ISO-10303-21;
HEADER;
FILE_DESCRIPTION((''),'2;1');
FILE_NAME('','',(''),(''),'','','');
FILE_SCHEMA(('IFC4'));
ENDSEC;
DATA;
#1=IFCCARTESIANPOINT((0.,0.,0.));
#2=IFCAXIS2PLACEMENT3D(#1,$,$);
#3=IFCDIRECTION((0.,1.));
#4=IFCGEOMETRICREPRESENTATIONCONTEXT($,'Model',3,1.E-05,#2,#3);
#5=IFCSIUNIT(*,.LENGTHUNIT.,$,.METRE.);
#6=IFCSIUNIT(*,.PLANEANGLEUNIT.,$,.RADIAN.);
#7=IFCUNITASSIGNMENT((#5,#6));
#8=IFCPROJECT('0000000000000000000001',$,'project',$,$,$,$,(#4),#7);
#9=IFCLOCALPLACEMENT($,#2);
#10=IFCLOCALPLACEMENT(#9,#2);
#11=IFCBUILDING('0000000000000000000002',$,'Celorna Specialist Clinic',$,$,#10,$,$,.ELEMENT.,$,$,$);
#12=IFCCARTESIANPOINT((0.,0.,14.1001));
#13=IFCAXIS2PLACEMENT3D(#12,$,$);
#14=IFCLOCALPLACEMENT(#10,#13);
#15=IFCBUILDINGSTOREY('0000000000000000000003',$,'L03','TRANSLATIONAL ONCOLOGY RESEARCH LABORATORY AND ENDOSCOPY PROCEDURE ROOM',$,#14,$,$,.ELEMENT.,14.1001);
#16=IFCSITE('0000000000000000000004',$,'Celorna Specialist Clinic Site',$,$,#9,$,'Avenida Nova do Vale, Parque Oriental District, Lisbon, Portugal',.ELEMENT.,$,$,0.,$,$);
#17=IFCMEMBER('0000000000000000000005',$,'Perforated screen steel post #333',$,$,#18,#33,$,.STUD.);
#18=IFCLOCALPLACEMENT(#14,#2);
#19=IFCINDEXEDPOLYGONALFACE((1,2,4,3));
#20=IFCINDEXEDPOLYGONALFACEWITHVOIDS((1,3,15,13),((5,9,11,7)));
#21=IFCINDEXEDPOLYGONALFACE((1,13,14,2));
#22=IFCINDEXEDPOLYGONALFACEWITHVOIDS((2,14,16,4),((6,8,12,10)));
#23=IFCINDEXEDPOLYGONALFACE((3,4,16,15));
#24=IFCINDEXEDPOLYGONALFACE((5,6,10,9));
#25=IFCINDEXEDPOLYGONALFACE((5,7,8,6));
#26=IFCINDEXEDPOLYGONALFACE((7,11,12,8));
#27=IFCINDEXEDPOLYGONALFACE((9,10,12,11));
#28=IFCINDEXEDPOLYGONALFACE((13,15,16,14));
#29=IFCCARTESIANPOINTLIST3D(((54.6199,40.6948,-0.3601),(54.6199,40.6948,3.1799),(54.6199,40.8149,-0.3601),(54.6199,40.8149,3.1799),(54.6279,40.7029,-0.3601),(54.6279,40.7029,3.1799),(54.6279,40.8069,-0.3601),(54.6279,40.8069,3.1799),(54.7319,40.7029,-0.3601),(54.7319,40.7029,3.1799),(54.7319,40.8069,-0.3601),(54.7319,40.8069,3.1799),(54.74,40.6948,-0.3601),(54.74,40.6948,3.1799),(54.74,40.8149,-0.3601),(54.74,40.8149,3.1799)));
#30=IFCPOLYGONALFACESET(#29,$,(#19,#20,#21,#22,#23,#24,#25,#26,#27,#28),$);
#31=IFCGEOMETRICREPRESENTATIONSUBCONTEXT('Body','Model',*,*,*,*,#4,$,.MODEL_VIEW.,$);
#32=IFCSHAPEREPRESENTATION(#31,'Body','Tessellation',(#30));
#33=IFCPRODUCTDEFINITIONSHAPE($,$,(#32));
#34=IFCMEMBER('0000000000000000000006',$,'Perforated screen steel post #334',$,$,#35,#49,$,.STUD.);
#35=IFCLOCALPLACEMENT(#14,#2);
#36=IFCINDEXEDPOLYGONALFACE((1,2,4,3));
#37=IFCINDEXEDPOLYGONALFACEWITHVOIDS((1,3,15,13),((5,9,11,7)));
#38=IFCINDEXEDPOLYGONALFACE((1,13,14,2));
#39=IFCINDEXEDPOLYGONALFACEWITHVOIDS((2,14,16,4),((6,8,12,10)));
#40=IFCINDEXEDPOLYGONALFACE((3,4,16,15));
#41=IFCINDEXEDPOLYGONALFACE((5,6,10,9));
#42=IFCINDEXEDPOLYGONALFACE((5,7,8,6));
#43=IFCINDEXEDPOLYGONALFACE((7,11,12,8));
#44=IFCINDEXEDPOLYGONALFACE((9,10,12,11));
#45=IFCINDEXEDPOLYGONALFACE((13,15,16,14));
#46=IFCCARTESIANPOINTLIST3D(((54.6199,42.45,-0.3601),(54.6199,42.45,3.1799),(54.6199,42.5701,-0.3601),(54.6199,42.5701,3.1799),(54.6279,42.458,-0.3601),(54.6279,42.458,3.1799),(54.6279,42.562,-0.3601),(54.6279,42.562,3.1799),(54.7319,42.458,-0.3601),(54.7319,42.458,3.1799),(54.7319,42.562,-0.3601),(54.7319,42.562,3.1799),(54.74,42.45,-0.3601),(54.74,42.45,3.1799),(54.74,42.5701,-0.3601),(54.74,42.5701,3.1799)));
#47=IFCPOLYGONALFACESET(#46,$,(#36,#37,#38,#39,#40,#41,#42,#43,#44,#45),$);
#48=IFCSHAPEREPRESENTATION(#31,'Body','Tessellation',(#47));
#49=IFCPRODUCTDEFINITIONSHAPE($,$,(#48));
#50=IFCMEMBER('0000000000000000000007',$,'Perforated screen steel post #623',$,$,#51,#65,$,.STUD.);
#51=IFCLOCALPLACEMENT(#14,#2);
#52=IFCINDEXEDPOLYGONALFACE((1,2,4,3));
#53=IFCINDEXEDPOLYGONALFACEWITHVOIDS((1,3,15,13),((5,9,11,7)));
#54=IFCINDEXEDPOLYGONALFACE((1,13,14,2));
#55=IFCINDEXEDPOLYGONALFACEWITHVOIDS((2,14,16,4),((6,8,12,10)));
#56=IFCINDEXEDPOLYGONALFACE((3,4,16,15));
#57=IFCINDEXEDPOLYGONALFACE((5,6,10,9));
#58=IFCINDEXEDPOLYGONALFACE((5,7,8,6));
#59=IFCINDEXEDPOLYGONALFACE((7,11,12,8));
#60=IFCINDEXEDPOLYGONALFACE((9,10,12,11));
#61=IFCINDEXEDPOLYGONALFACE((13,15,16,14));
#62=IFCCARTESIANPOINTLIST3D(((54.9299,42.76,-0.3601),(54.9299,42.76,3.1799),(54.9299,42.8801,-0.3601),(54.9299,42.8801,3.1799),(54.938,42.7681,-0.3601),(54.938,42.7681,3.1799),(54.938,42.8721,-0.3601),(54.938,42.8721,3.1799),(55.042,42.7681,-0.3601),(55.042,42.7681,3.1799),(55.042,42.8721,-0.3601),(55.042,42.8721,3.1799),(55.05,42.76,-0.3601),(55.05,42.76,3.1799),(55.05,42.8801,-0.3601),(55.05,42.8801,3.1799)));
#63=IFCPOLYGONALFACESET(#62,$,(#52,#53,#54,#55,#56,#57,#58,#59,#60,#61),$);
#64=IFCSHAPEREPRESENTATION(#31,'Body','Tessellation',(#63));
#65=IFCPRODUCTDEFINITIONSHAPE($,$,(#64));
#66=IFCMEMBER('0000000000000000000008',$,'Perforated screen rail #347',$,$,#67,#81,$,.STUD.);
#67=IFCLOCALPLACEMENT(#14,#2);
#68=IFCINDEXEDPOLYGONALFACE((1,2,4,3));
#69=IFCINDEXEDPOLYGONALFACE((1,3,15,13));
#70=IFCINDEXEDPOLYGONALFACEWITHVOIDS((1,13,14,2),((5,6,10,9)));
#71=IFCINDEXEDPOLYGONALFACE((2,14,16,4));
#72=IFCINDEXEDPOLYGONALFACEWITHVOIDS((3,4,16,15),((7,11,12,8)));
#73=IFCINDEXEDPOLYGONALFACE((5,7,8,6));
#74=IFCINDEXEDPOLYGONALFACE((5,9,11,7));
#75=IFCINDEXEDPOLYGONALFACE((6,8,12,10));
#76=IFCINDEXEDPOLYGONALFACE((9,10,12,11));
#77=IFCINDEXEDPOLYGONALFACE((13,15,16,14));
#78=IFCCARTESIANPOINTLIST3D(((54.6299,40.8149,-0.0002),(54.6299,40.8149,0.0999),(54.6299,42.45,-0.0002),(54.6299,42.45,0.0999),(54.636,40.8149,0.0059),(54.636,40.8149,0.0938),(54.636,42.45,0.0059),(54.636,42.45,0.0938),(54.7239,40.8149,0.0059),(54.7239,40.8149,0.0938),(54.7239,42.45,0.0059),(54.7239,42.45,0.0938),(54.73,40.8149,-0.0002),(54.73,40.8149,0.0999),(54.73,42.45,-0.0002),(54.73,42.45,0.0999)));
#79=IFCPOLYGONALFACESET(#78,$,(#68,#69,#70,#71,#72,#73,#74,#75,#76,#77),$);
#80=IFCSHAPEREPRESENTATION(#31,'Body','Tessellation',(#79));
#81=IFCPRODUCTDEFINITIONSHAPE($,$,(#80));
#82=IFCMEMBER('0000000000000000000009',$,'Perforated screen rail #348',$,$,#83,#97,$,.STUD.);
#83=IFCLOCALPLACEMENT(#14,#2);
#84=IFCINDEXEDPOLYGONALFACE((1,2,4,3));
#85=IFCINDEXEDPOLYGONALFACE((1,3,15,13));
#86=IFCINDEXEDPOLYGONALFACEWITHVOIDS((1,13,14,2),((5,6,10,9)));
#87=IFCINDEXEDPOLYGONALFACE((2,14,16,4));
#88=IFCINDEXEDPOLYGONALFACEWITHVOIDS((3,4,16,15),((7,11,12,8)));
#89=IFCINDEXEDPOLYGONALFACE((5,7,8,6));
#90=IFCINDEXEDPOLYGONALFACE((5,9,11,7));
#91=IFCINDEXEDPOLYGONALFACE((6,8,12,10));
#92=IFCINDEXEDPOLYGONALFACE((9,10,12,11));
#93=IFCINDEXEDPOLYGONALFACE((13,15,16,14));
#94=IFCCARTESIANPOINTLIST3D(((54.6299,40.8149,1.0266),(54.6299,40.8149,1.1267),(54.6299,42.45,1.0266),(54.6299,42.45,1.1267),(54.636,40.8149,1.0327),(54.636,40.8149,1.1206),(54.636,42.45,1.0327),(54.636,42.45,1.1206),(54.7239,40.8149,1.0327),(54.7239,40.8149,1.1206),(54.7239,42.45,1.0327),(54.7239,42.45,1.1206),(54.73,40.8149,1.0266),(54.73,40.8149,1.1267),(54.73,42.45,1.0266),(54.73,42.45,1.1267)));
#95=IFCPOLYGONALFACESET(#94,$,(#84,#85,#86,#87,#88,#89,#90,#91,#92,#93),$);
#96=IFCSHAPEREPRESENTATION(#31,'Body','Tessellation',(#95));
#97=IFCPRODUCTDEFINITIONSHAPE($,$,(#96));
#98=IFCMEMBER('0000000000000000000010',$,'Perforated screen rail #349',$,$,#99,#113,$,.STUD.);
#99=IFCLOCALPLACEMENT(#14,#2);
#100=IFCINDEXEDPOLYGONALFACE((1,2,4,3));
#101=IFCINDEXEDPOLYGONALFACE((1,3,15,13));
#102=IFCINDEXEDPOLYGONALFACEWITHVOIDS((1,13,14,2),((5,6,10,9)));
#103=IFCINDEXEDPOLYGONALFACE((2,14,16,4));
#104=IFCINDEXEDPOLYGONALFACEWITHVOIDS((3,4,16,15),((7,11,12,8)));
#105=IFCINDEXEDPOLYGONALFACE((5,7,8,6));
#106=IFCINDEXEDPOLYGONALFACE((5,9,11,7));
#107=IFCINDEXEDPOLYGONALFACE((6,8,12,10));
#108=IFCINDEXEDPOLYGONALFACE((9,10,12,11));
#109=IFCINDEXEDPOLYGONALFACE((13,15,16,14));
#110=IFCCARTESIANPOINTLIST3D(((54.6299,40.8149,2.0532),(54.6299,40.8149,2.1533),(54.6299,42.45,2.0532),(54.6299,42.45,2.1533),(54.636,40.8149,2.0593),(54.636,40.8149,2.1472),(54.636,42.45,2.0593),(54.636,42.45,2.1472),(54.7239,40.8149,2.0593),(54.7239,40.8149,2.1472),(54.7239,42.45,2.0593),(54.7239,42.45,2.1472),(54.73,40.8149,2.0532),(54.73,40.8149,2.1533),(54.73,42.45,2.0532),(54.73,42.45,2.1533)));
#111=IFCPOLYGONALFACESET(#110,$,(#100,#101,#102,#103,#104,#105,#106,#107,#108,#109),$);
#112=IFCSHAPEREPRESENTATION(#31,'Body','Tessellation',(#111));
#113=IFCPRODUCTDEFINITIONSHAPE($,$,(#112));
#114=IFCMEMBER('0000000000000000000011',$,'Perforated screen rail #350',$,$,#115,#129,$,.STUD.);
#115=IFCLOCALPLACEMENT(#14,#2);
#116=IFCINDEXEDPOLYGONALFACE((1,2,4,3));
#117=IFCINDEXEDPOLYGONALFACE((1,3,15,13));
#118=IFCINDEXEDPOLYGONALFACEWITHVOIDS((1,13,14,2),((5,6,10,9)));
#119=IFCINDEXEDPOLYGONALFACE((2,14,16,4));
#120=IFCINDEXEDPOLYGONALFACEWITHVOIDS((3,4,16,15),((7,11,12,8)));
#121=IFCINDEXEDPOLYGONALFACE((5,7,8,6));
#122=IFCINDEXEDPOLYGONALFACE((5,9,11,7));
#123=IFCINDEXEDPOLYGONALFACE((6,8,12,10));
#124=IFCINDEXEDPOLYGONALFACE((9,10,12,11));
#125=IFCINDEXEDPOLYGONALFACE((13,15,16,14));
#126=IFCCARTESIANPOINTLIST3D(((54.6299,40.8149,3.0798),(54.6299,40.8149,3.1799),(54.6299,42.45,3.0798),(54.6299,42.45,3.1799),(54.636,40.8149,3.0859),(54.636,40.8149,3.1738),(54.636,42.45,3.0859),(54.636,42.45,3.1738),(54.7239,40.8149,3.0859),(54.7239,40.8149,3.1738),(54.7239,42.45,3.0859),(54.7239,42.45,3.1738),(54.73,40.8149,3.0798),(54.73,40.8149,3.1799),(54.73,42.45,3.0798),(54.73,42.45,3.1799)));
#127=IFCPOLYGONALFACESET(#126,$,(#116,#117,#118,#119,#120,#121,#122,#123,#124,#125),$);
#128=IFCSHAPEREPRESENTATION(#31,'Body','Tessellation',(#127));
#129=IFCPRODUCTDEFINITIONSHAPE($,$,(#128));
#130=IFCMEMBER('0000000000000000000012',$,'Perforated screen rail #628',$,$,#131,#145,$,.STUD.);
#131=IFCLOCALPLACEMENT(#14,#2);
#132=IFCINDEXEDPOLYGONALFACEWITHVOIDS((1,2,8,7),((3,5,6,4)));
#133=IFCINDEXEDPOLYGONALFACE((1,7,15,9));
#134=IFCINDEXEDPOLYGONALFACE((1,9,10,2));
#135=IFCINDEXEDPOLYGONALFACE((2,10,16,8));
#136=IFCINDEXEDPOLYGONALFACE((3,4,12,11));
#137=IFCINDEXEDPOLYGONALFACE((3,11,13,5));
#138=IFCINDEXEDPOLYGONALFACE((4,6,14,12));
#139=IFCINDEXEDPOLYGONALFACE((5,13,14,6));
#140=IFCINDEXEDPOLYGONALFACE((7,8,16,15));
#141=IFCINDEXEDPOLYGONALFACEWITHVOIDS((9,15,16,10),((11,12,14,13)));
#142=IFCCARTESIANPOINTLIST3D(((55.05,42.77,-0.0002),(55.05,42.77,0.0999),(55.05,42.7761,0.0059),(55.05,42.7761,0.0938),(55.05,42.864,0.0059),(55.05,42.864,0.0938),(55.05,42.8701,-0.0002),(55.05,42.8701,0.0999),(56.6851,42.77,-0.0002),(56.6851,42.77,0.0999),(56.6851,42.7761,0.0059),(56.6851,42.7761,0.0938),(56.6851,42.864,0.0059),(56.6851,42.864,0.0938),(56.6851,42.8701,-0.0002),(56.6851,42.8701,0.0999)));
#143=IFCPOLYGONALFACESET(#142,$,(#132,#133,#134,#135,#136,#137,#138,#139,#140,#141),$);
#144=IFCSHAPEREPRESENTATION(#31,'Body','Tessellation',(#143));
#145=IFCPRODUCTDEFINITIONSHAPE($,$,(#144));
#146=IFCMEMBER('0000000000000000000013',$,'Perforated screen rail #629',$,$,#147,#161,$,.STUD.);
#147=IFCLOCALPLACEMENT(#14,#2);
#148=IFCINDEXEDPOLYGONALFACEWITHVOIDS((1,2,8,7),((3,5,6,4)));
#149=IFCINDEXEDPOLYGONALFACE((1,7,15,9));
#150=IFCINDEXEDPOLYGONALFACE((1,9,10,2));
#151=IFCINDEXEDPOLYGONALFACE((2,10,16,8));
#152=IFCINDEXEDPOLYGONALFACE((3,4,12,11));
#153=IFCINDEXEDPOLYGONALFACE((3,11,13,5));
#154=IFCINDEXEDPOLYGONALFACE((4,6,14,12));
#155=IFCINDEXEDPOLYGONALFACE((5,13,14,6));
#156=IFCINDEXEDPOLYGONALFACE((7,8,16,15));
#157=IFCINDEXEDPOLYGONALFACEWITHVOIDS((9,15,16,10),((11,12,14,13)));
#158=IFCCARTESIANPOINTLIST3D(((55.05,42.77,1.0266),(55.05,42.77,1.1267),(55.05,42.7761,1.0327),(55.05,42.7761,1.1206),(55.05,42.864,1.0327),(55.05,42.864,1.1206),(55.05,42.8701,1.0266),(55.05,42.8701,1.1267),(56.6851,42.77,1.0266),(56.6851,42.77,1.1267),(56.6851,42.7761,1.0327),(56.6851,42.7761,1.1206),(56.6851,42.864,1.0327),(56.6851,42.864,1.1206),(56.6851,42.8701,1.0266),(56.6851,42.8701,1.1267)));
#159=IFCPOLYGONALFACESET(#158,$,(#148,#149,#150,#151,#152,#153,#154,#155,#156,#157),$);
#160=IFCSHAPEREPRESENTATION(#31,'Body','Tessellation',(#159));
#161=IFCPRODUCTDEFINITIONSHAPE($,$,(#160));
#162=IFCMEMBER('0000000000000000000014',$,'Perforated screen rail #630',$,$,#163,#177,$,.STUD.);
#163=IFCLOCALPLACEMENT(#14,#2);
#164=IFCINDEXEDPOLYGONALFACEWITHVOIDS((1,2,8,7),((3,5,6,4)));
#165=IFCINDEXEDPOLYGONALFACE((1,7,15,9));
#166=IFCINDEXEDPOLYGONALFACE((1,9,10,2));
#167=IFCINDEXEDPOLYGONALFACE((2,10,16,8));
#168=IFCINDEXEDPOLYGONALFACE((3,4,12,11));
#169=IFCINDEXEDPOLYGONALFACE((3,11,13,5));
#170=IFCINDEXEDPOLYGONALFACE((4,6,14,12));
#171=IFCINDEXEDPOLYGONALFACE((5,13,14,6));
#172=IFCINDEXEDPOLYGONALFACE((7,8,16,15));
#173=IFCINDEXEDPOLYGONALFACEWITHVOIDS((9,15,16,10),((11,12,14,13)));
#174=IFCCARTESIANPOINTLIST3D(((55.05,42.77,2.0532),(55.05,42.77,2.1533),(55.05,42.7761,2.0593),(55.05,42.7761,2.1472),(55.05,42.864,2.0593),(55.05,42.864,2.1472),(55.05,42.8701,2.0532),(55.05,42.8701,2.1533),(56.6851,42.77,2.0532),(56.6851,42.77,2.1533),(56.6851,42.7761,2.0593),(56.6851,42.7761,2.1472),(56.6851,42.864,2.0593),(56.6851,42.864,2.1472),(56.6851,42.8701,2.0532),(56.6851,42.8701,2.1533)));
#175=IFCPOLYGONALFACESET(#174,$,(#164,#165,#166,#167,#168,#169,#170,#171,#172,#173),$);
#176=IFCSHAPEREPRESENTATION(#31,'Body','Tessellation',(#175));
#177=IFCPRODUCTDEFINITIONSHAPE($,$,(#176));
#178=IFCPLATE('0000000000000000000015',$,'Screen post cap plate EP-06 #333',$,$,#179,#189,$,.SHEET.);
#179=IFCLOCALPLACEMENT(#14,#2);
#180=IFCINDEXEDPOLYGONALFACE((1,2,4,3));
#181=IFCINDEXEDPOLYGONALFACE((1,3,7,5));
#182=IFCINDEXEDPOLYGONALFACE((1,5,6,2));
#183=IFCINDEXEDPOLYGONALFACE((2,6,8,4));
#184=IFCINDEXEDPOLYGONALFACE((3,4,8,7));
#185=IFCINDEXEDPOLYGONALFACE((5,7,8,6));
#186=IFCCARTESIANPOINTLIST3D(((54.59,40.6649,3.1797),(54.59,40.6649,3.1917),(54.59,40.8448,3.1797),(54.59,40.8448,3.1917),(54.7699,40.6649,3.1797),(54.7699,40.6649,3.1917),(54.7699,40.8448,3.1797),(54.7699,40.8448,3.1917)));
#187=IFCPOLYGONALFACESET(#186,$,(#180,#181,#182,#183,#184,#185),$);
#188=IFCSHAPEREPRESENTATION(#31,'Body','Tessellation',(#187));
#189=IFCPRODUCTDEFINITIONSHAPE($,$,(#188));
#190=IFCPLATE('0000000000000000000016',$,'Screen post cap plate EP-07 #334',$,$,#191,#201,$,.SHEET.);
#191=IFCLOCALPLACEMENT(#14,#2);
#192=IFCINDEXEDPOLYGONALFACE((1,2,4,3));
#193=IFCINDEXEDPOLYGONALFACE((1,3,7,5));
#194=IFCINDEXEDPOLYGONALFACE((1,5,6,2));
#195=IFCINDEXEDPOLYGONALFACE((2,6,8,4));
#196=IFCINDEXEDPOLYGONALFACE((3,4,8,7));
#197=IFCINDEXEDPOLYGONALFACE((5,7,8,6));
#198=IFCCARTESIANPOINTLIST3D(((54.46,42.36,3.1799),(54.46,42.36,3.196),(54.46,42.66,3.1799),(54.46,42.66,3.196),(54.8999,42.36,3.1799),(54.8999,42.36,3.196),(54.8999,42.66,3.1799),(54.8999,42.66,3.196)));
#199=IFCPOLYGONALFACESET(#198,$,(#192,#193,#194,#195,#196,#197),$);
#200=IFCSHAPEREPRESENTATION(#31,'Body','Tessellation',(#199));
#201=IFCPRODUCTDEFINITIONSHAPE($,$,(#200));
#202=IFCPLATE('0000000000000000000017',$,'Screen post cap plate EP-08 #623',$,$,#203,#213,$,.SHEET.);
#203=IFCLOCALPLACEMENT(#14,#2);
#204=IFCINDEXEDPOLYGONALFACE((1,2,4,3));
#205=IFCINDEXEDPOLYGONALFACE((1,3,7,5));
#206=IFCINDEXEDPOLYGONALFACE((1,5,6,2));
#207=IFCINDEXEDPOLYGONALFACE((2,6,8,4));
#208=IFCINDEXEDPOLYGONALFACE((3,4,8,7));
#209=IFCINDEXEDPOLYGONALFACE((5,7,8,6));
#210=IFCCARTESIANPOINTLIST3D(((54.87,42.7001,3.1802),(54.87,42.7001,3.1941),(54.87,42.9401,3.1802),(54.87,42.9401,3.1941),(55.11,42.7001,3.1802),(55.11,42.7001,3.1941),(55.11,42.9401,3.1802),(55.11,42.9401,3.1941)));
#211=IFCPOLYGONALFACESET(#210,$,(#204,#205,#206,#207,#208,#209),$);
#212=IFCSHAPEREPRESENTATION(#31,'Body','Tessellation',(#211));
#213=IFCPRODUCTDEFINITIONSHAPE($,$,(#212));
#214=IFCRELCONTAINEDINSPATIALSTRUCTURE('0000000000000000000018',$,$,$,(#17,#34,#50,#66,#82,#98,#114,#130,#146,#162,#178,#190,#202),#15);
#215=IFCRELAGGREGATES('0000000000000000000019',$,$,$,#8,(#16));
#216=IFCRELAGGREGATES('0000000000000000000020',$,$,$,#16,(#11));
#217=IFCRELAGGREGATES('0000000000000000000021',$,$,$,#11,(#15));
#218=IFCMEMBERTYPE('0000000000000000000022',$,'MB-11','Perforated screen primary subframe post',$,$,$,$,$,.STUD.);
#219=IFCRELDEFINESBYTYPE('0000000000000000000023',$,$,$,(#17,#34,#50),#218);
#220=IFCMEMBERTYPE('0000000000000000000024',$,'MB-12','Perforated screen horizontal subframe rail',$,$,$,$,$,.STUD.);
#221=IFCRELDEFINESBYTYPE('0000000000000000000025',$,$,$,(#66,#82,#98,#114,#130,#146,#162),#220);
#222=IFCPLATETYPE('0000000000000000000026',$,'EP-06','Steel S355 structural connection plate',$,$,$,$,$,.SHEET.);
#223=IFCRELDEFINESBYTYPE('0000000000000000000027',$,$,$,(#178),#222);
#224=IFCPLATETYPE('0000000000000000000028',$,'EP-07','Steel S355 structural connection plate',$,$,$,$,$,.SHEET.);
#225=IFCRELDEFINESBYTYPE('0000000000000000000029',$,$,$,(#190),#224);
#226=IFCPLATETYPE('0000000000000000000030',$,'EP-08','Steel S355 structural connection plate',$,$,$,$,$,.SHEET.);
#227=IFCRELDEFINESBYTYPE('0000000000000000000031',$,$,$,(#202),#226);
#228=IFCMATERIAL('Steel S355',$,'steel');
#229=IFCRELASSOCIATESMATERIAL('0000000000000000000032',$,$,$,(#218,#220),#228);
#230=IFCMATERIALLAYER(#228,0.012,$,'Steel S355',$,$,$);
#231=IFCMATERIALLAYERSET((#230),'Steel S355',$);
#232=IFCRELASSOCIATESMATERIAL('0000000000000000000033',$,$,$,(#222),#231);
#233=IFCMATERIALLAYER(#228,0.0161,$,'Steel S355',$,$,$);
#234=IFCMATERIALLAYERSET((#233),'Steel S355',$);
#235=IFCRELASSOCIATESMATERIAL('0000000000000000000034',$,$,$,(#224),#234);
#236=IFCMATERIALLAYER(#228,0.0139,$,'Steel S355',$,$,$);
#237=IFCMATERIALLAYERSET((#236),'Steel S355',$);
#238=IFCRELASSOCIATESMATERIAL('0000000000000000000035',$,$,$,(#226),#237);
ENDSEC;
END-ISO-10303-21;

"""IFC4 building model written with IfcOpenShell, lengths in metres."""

from ifc_helpers import new_model, si_unit, direction, frame, origin, origin_2d, place, context, subcontext, project, spatial, rectangle, hollow_rectangle, extrude, material, layer, layer_set, material_profile, profile_set, type_object, element, save


model = new_model("IFC4")

# Units and contexts
model_context = context("Model", 3, precision=1e-05, world=origin(), true_north=direction((0.0, 1.0)))
body_context = subcontext(model_context, "Body", "Model", "MODEL_VIEW")
ifc_project = project(units=[si_unit("LENGTHUNIT", "METRE"), si_unit("PLANEANGLEUNIT", "RADIAN")], contexts=[model_context])

# Site, building, storey
site_placement = place(None, origin())
site = spatial("IfcSite", under=ifc_project, at=site_placement, Name="Celorna Specialist Clinic Site", LongName="Avenida Nova do Vale, Parque Oriental District, Lisbon, Portugal", CompositionType="ELEMENT", RefElevation=0.0)
building_placement = place(site_placement, origin())
building = spatial("IfcBuilding", under=site, at=building_placement, Name="Celorna Specialist Clinic", CompositionType="ELEMENT")
storey_placement = place(building_placement, frame((0.0, 0.0, 14.1001)))
storey = spatial("IfcBuildingStorey", under=building, at=storey_placement, Name="L03", Description="TRANSLATIONAL ONCOLOGY RESEARCH LABORATORY AND ENDOSCOPY PROCEDURE ROOM", CompositionType="ELEMENT", Elevation=14.1001)

# Members
ifc_material_1 = material(Name="Steel S355", Category="steel")
ifc_material_profile_1 = material_profile(ifc_material_1, hollow_rectangle(XDim=0.1201, YDim=0.1201, WallThickness=0.0081, at=origin_2d()), Name="SHS 120x120x8")
ifc_profile_set_1 = profile_set([ifc_material_profile_1], Name="Steel S355")
member_type_1 = type_object("IfcMemberType", Name="MB-11", Description="Perforated screen primary subframe post", PredefinedType="STUD", material=ifc_profile_set_1)
for number, where, z_axis, x_axis, name in (
    (1, (54.6799, 40.7549, -0.3601), (0.0, 0.0, 1.0), (1.0, 0.0, 0.0), "Perforated screen steel post #333"),
    (2, (54.6799, 42.51, -0.3601), (0.0, 0.0, 1.0), (1.0, 0.0, 0.0), "Perforated screen steel post #334"),
    (3, (54.99, 42.8201, -0.3601), (0.0, 0.0, 1.0), (1.0, 0.0, 0.0), "Perforated screen steel post #623"),
):
    element("IfcMember", number, at=place(storey_placement, frame(where, z_axis=z_axis, x_axis=x_axis)), inside=storey, type_object=member_type_1, Name=name, PredefinedType="STUD", context=body_context, shape_type="SweptSolid", body=[
        extrude(hollow_rectangle(XDim=0.1201, YDim=0.1201, WallThickness=0.0081, at=origin_2d()), origin(), (0.0, 0.0, 1.0), 3.54),
    ])
ifc_material_profile_2 = material_profile(ifc_material_1, hollow_rectangle(XDim=0.1001, YDim=0.1001, WallThickness=0.0061, at=origin_2d()), Name="SHS 100x100x6")
ifc_profile_set_2 = profile_set([ifc_material_profile_2], Name="Steel S355")
member_type_2 = type_object("IfcMemberType", Name="MB-12", Description="Perforated screen horizontal subframe rail", PredefinedType="STUD", material=ifc_profile_set_2)
for number, where, z_axis, x_axis, name in (
    (4, (54.6799, 40.8149, 0.0498), (0.0, 1.0, 0.0), (-1.0, 0.0, 0.0), "Perforated screen rail #347"),
    (5, (54.6799, 40.8149, 1.0767), (0.0, 1.0, 0.0), (-1.0, 0.0, 0.0), "Perforated screen rail #348"),
    (6, (54.6799, 40.8149, 2.1033), (0.0, 1.0, 0.0), (-1.0, 0.0, 0.0), "Perforated screen rail #349"),
    (7, (54.6799, 40.8149, 3.1299), (0.0, 1.0, 0.0), (-1.0, 0.0, 0.0), "Perforated screen rail #350"),
    (8, (55.05, 42.8201, 0.0498), (1.0, 0.0, 0.0), (0.0, 1.0, 0.0), "Perforated screen rail #628"),
    (9, (55.05, 42.8201, 1.0767), (1.0, 0.0, 0.0), (0.0, 1.0, 0.0), "Perforated screen rail #629"),
    (10, (55.05, 42.8201, 2.1033), (1.0, 0.0, 0.0), (0.0, 1.0, 0.0), "Perforated screen rail #630"),
):
    element("IfcMember", number, at=place(storey_placement, frame(where, z_axis=z_axis, x_axis=x_axis)), inside=storey, type_object=member_type_2, Name=name, PredefinedType="STUD", context=body_context, shape_type="SweptSolid", body=[
        extrude(hollow_rectangle(XDim=0.1001, YDim=0.1001, WallThickness=0.0061, at=origin_2d()), origin(), (0.0, 0.0, 1.0), 1.635),
    ])

# Plates
ifc_layer_1 = layer(ifc_material_1, 0.012, Name="Steel S355")
ifc_layer_set_1 = layer_set([ifc_layer_1], Name="Steel S355")
plate_type_1 = type_object("IfcPlateType", Name="EP-06", Description="Steel S355 structural connection plate", PredefinedType="SHEET", material=ifc_layer_set_1)
plate_1_placement = place(storey_placement, frame((54.6799, 40.7549, 3.1797), z_axis=(0.0, 0.0, 1.0), x_axis=(0.0, 1.0, 0.0)))
element("IfcPlate", 11, at=plate_1_placement, inside=storey, type_object=plate_type_1, Name="Screen post cap plate EP-06 #333", PredefinedType="SHEET", context=body_context, shape_type="SweptSolid", body=[
    extrude(rectangle(XDim=0.1799, YDim=0.1799, at=origin_2d()), origin(), (0.0, 0.0, 1.0), 0.012),
])
ifc_layer_2 = layer(ifc_material_1, 0.0161, Name="Steel S355")
ifc_layer_set_2 = layer_set([ifc_layer_2], Name="Steel S355")
plate_type_2 = type_object("IfcPlateType", Name="EP-07", Description="Steel S355 structural connection plate", PredefinedType="SHEET", material=ifc_layer_set_2)
plate_2_placement = place(storey_placement, frame((54.6799, 42.51, 3.1799), z_axis=(0.0, 0.0, 1.0), x_axis=(0.0, 1.0, 0.0)))
element("IfcPlate", 12, at=plate_2_placement, inside=storey, type_object=plate_type_2, Name="Screen post cap plate EP-07 #334", PredefinedType="SHEET", context=body_context, shape_type="SweptSolid", body=[
    extrude(rectangle(XDim=0.3, YDim=0.4399, at=origin_2d()), origin(), (0.0, 0.0, 1.0), 0.0161),
])
ifc_layer_3 = layer(ifc_material_1, 0.0139, Name="Steel S355")
ifc_layer_set_3 = layer_set([ifc_layer_3], Name="Steel S355")
plate_type_3 = type_object("IfcPlateType", Name="EP-08", Description="Steel S355 structural connection plate", PredefinedType="SHEET", material=ifc_layer_set_3)
plate_3_placement = place(storey_placement, frame((54.99, 42.8201, 3.1802), z_axis=(0.0, 0.0, 1.0), x_axis=(1.0, 0.0, 0.0)))
element("IfcPlate", 13, at=plate_3_placement, inside=storey, type_object=plate_type_3, Name="Screen post cap plate EP-08 #623", PredefinedType="SHEET", context=body_context, shape_type="SweptSolid", body=[
    extrude(rectangle(XDim=0.24, YDim=0.24, at=origin_2d()), origin(), (0.0, 0.0, 1.0), 0.0139),
])

save(model, "model.ifc")
